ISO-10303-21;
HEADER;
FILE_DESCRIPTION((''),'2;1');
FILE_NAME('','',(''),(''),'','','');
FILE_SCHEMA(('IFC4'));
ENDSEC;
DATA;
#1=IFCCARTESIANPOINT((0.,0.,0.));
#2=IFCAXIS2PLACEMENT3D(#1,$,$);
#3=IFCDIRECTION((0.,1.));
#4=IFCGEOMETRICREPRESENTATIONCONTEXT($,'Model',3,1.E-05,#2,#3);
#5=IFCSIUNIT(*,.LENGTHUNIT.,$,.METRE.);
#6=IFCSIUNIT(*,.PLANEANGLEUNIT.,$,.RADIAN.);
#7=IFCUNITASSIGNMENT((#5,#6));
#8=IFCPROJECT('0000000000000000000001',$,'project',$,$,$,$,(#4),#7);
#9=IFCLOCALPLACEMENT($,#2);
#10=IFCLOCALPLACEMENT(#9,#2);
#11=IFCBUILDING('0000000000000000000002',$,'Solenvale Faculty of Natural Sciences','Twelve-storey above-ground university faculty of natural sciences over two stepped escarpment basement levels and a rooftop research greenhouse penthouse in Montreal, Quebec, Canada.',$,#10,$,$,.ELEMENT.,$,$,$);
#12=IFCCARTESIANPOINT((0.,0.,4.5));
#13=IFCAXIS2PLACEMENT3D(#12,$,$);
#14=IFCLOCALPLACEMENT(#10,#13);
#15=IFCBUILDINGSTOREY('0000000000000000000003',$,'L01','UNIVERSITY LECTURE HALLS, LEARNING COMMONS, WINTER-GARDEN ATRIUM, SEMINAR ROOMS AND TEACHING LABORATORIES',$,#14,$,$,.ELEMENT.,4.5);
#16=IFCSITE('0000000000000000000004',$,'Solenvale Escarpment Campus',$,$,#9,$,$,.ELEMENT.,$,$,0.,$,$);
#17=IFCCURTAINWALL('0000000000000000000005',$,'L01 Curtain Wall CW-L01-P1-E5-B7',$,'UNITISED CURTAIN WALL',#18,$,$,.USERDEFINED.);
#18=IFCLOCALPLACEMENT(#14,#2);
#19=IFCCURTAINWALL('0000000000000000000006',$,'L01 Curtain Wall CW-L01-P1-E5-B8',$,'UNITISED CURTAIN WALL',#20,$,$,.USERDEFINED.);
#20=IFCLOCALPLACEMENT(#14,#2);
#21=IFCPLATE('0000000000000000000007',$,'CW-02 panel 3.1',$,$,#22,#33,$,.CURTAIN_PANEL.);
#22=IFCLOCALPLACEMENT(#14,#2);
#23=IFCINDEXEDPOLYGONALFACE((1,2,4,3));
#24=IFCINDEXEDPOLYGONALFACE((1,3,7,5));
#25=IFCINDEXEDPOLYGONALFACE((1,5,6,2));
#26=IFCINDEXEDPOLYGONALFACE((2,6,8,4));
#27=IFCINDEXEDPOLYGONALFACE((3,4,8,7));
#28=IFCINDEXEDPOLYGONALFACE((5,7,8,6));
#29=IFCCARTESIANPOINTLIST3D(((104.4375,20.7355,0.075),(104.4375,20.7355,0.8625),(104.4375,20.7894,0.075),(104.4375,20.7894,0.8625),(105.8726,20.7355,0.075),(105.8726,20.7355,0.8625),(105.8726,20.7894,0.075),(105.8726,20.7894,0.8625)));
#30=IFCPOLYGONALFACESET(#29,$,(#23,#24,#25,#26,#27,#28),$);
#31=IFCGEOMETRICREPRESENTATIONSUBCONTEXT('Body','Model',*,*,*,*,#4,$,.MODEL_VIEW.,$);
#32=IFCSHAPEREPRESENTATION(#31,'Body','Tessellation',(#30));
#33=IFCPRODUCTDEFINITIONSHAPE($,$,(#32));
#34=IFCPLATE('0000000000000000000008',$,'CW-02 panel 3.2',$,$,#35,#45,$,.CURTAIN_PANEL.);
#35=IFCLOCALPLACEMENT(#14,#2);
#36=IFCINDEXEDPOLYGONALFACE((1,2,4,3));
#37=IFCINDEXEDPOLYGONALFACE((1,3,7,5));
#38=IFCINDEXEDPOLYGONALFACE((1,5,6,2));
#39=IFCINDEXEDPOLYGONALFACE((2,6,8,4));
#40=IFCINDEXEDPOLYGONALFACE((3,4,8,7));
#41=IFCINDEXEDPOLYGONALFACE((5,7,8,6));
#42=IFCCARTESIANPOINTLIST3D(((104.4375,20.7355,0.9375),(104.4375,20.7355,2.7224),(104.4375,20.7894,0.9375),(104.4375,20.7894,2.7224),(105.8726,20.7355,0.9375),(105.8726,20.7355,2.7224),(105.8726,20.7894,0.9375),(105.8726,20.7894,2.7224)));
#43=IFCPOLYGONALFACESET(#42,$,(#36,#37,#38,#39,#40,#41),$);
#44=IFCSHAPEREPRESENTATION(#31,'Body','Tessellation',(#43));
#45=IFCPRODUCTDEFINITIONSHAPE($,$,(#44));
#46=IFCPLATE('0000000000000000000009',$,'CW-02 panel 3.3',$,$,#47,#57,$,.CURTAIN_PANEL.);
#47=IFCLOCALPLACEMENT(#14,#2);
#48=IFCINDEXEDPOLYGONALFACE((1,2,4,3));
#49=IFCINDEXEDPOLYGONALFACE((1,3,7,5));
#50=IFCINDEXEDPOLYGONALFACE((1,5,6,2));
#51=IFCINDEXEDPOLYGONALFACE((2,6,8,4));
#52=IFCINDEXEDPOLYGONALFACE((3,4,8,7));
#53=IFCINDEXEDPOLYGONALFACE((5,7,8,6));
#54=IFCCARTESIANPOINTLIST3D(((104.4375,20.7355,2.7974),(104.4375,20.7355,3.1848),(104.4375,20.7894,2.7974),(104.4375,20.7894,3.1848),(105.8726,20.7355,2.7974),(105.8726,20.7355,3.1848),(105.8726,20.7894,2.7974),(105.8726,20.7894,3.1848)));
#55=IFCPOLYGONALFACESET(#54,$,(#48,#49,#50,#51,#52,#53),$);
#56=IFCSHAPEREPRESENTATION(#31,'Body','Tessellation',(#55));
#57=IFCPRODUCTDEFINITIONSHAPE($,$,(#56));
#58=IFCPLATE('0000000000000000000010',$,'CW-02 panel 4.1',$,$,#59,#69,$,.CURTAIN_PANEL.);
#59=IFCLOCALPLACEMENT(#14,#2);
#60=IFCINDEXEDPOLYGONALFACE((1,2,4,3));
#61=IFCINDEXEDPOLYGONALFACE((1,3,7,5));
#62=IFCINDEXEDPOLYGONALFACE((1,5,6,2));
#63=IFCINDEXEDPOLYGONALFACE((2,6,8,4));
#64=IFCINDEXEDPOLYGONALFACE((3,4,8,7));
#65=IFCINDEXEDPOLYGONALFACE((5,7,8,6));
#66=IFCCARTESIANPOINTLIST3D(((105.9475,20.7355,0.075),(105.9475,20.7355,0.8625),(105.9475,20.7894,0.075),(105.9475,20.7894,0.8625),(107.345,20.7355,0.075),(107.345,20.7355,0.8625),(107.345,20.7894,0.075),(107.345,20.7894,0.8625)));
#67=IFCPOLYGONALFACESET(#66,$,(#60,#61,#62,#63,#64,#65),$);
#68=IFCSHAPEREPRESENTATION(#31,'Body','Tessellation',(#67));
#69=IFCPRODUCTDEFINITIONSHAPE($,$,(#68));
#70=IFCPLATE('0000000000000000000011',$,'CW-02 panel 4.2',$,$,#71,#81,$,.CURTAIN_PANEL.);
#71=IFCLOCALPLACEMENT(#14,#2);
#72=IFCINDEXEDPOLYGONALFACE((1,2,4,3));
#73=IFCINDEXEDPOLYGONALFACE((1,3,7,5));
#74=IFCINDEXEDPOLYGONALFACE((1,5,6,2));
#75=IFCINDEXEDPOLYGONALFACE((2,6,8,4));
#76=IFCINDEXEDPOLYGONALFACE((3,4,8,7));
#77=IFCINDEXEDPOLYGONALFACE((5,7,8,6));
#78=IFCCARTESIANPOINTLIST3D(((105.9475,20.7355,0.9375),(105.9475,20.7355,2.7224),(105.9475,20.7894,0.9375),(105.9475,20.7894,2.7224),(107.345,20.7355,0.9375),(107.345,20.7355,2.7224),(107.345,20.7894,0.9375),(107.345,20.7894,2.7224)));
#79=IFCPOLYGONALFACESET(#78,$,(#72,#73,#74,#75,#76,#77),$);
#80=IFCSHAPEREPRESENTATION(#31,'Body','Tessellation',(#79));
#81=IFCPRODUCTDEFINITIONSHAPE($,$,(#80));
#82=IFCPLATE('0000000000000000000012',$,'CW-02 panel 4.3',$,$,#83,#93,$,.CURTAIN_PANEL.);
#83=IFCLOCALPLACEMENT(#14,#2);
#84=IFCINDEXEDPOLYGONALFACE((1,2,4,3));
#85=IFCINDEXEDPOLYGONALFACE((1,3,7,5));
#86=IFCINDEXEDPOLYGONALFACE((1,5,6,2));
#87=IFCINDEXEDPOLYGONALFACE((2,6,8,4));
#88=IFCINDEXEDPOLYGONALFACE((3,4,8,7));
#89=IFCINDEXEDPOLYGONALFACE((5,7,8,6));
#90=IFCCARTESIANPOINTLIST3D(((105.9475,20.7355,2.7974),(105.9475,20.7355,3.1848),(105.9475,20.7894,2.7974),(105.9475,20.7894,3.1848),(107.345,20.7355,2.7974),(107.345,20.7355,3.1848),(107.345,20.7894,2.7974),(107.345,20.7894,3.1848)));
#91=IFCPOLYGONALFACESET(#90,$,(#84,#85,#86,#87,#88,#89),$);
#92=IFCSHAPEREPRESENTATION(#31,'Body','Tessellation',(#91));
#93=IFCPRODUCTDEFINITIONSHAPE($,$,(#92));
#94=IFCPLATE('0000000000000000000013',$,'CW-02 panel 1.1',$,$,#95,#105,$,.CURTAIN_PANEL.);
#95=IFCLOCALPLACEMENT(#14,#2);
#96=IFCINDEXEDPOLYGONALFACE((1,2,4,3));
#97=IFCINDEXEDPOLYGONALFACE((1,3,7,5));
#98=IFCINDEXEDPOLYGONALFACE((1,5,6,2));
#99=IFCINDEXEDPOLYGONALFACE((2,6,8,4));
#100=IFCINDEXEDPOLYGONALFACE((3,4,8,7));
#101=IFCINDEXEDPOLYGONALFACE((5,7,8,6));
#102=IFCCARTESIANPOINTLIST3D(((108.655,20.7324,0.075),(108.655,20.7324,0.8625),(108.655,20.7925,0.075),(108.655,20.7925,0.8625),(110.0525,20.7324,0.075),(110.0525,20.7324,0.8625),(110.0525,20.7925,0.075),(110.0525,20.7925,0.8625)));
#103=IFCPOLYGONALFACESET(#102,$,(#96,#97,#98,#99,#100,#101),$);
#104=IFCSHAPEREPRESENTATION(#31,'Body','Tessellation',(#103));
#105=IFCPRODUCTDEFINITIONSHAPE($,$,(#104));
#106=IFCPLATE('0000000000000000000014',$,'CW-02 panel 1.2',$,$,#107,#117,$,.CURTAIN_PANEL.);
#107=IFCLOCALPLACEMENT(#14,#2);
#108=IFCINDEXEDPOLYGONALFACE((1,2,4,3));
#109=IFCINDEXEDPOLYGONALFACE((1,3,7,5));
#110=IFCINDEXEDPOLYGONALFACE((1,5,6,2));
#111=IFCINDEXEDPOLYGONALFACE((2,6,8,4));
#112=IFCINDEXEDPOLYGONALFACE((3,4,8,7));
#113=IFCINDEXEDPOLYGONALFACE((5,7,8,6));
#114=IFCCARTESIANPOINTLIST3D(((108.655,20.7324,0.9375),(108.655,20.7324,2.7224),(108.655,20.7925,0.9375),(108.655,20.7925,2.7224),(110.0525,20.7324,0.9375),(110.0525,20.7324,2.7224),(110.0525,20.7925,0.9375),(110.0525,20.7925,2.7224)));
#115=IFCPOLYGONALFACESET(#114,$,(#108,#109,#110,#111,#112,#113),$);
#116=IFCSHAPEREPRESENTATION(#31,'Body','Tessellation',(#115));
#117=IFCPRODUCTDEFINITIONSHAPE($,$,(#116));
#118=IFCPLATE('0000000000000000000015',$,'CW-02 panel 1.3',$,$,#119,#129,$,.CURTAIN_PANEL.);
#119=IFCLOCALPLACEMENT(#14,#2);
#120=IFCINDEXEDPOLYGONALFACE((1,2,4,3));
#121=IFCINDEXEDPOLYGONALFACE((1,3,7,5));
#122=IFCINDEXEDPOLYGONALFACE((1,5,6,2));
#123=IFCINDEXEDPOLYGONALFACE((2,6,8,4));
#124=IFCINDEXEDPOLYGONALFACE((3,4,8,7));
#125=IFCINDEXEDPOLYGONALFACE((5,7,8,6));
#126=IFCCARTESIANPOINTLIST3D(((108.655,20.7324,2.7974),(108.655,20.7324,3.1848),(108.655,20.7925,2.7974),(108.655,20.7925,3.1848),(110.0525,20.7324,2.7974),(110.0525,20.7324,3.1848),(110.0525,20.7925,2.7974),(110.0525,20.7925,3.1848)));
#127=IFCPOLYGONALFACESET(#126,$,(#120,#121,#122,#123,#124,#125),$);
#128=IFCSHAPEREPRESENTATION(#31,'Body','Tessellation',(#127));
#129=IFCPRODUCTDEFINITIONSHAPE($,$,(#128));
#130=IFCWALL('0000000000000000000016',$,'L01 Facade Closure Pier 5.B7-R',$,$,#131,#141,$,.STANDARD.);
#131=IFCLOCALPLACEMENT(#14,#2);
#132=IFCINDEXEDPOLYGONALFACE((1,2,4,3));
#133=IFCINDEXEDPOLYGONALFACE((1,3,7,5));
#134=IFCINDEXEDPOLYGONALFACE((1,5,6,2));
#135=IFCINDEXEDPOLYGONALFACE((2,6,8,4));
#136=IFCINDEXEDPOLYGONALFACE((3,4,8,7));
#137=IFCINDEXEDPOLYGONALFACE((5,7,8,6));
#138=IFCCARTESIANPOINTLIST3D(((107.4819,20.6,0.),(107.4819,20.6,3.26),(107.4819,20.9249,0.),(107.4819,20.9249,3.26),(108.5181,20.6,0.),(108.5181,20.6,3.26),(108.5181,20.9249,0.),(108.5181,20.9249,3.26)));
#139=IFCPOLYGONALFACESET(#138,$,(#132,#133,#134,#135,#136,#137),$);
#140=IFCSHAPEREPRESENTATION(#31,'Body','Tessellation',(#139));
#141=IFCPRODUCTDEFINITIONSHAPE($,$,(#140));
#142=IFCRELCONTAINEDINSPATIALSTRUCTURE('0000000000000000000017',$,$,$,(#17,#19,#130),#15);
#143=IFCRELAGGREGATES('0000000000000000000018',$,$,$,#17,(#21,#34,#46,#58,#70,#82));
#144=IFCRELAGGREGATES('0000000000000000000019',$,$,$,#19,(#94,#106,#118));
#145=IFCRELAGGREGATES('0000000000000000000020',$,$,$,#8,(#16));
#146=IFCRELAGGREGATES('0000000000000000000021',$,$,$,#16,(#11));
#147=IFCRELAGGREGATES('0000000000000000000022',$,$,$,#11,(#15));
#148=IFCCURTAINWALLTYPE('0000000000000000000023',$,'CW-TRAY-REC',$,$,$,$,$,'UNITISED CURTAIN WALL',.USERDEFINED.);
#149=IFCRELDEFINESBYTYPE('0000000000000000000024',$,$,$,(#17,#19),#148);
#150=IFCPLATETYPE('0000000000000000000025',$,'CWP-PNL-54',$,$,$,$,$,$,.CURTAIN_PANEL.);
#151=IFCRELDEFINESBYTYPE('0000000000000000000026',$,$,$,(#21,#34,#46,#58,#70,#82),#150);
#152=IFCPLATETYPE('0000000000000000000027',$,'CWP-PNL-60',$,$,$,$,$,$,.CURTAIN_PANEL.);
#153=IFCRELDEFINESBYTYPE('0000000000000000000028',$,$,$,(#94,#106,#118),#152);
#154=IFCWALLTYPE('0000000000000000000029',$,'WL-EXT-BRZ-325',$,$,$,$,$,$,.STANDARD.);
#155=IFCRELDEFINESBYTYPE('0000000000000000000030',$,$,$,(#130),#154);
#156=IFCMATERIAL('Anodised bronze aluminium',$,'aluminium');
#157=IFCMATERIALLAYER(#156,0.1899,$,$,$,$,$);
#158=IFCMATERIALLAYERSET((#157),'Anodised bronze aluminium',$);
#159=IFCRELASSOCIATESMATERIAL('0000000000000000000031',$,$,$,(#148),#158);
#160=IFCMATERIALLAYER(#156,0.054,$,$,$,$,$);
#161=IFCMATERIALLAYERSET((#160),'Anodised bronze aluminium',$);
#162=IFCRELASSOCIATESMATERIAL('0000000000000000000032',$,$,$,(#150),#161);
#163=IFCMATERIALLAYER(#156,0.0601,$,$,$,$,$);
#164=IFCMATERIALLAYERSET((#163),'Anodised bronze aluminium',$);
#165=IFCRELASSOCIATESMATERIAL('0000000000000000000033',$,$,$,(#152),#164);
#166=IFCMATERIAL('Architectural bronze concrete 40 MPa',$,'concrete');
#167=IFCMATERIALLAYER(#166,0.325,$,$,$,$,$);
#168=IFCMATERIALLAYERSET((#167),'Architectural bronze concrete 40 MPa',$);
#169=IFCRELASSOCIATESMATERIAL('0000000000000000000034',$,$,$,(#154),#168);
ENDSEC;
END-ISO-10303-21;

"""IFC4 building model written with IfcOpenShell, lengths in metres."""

from ifc_helpers import new_model, si_unit, direction, frame, frame_2d, origin, origin_2d, place, context, subcontext, project, spatial, rectangle, extrude, material, layer, layer_set, type_object, element, aggregate, save


model = new_model("IFC4")

# Units and contexts
model_context = context("Model", 3, precision=1e-05, world=origin(), true_north=direction((0.0, 1.0)))
body_context = subcontext(model_context, "Body", "Model", "MODEL_VIEW")
ifc_project = project(units=[si_unit("LENGTHUNIT", "METRE"), si_unit("PLANEANGLEUNIT", "RADIAN")], contexts=[model_context])

# Site, building, storey
site_placement = place(None, origin())
site = spatial("IfcSite", under=ifc_project, at=site_placement, Name="Solenvale Escarpment Campus", CompositionType="ELEMENT", RefElevation=0.0)
building_placement = place(site_placement, origin())
building = spatial("IfcBuilding", under=site, at=building_placement, Name="Solenvale Faculty of Natural Sciences", Description="Twelve-storey above-ground university faculty of natural sciences over two stepped escarpment basement levels and a rooftop research greenhouse penthouse in Montreal, Quebec, Canada.", CompositionType="ELEMENT")
storey_placement = place(building_placement, frame((0.0, 0.0, 4.5)))
storey = spatial("IfcBuildingStorey", under=building, at=storey_placement, Name="L01", Description="UNIVERSITY LECTURE HALLS, LEARNING COMMONS, WINTER-GARDEN ATRIUM, SEMINAR ROOMS AND TEACHING LABORATORIES", CompositionType="ELEMENT", Elevation=4.5)

# Shared definitions
ifc_material_1 = material(Name="Architectural bronze concrete 40 MPa", Category="concrete")

# Curtain walls
ifc_material_2 = material(Name="Anodised bronze aluminium", Category="aluminium")
ifc_layer_1 = layer(ifc_material_2, 0.1899)
ifc_layer_set_1 = layer_set([ifc_layer_1], Name="Anodised bronze aluminium")
curtain_wall_type = type_object("IfcCurtainWallType", Name="CW-TRAY-REC", ElementType="UNITISED CURTAIN WALL", PredefinedType="USERDEFINED", material=ifc_layer_set_1)
curtain_wall_1_placement = place(storey_placement, origin())
curtain_wall_1 = element("IfcCurtainWall", 1, at=curtain_wall_1_placement, inside=storey, type_object=curtain_wall_type, Name="L01 Curtain Wall CW-L01-P1-E5-B7", ObjectType="UNITISED CURTAIN WALL", PredefinedType="USERDEFINED")
curtain_wall_2_placement = place(storey_placement, origin())
curtain_wall_2 = element("IfcCurtainWall", 2, at=curtain_wall_2_placement, inside=storey, type_object=curtain_wall_type, Name="L01 Curtain Wall CW-L01-P1-E5-B8", ObjectType="UNITISED CURTAIN WALL", PredefinedType="USERDEFINED")

# Plates
ifc_layer_2 = layer(ifc_material_2, 0.054)
ifc_layer_set_2 = layer_set([ifc_layer_2], Name="Anodised bronze aluminium")
plate_type_1 = type_object("IfcPlateType", Name="CWP-PNL-54", PredefinedType="CURTAIN_PANEL", material=ifc_layer_set_2)
plate_1_placement = place(storey_placement, frame((105.155, 20.7625, 0.075), z_axis=(0.0, 0.0, 1.0), x_axis=(1.0, 0.0, 0.0)))
plate_1 = element("IfcPlate", 3, at=plate_1_placement, type_object=plate_type_1, Name="CW-02 panel 3.1", PredefinedType="CURTAIN_PANEL", context=body_context, shape_type="SweptSolid", body=[
    extrude(rectangle(XDim=1.4351, YDim=0.054, at=origin_2d()), origin(), (0.0, 0.0, 1.0), 0.7876),
])
plate_2_placement = place(storey_placement, frame((105.155, 20.7625, 0.9375), z_axis=(0.0, 0.0, 1.0), x_axis=(1.0, 0.0, 0.0)))
plate_2 = element("IfcPlate", 4, at=plate_2_placement, type_object=plate_type_1, Name="CW-02 panel 3.2", PredefinedType="CURTAIN_PANEL", context=body_context, shape_type="SweptSolid", body=[
    extrude(rectangle(XDim=1.4351, YDim=0.054, at=origin_2d()), origin(), (0.0, 0.0, 1.0), 1.7849),
])
plate_3_placement = place(storey_placement, frame((105.155, 20.7625, 2.7974), z_axis=(0.0, 0.0, 1.0), x_axis=(1.0, 0.0, 0.0)))
plate_3 = element("IfcPlate", 5, at=plate_3_placement, type_object=plate_type_1, Name="CW-02 panel 3.3", PredefinedType="CURTAIN_PANEL", context=body_context, shape_type="SweptSolid", body=[
    extrude(rectangle(XDim=1.4351, YDim=0.054, at=origin_2d()), origin(), (0.0, 0.0, 1.0), 0.3875),
])
plate_4_placement = place(storey_placement, frame((106.6462, 20.7625, 0.075), z_axis=(0.0, 0.0, 1.0), x_axis=(1.0, 0.0, 0.0)))
plate_4 = element("IfcPlate", 6, at=plate_4_placement, type_object=plate_type_1, Name="CW-02 panel 4.1", PredefinedType="CURTAIN_PANEL", context=body_context, shape_type="SweptSolid", body=[
    extrude(rectangle(XDim=1.3975, YDim=0.054, at=origin_2d()), origin(), (0.0, 0.0, 1.0), 0.7876),
])
plate_5_placement = place(storey_placement, frame((106.6462, 20.7625, 0.9375), z_axis=(0.0, 0.0, 1.0), x_axis=(1.0, 0.0, 0.0)))
plate_5 = element("IfcPlate", 7, at=plate_5_placement, type_object=plate_type_1, Name="CW-02 panel 4.2", PredefinedType="CURTAIN_PANEL", context=body_context, shape_type="SweptSolid", body=[
    extrude(rectangle(XDim=1.3975, YDim=0.054, at=origin_2d()), origin(), (0.0, 0.0, 1.0), 1.7849),
])
plate_6_placement = place(storey_placement, frame((106.6462, 20.7625, 2.7974), z_axis=(0.0, 0.0, 1.0), x_axis=(1.0, 0.0, 0.0)))
plate_6 = element("IfcPlate", 8, at=plate_6_placement, type_object=plate_type_1, Name="CW-02 panel 4.3", PredefinedType="CURTAIN_PANEL", context=body_context, shape_type="SweptSolid", body=[
    extrude(rectangle(XDim=1.3975, YDim=0.054, at=origin_2d()), origin(), (0.0, 0.0, 1.0), 0.3875),
])
aggregate(curtain_wall_1, [plate_1, plate_2, plate_3, plate_4, plate_5, plate_6])
ifc_layer_3 = layer(ifc_material_2, 0.0601)
ifc_layer_set_3 = layer_set([ifc_layer_3], Name="Anodised bronze aluminium")
plate_type_2 = type_object("IfcPlateType", Name="CWP-PNL-60", PredefinedType="CURTAIN_PANEL", material=ifc_layer_set_3)
plate_7_placement = place(storey_placement, frame((109.3538, 20.7625, 0.075), z_axis=(0.0, 0.0, 1.0), x_axis=(1.0, 0.0, 0.0)))
plate_7 = element("IfcPlate", 9, at=plate_7_placement, type_object=plate_type_2, Name="CW-02 panel 1.1", PredefinedType="CURTAIN_PANEL", context=body_context, shape_type="SweptSolid", body=[
    extrude(rectangle(XDim=1.3975, YDim=0.0601, at=origin_2d()), origin(), (0.0, 0.0, 1.0), 0.7876),
])
plate_8_placement = place(storey_placement, frame((109.3538, 20.7625, 0.9375), z_axis=(0.0, 0.0, 1.0), x_axis=(1.0, 0.0, 0.0)))
plate_8 = element("IfcPlate", 10, at=plate_8_placement, type_object=plate_type_2, Name="CW-02 panel 1.2", PredefinedType="CURTAIN_PANEL", context=body_context, shape_type="SweptSolid", body=[
    extrude(rectangle(XDim=1.3975, YDim=0.0601, at=origin_2d()), origin(), (0.0, 0.0, 1.0), 1.7849),
])
plate_9_placement = place(storey_placement, frame((109.3538, 20.7625, 2.7974), z_axis=(0.0, 0.0, 1.0), x_axis=(1.0, 0.0, 0.0)))
plate_9 = element("IfcPlate", 11, at=plate_9_placement, type_object=plate_type_2, Name="CW-02 panel 1.3", PredefinedType="CURTAIN_PANEL", context=body_context, shape_type="SweptSolid", body=[
    extrude(rectangle(XDim=1.3975, YDim=0.0601, at=origin_2d()), origin(), (0.0, 0.0, 1.0), 0.3875),
])
aggregate(curtain_wall_2, [plate_7, plate_8, plate_9])

# Wall
ifc_layer_4 = layer(ifc_material_1, 0.325)
ifc_layer_set_4 = layer_set([ifc_layer_4], Name="Architectural bronze concrete 40 MPa")
wall_type = type_object("IfcWallType", Name="WL-EXT-BRZ-325", PredefinedType="STANDARD", material=ifc_layer_set_4)
wall_placement = place(storey_placement, frame((107.4819, 20.7625, 0.0), z_axis=(0.0, 0.0, 1.0), x_axis=(1.0, 0.0, 0.0)))
element("IfcWall", 12, at=wall_placement, inside=storey, type_object=wall_type, Name="L01 Facade Closure Pier 5.B7-R", PredefinedType="STANDARD", context=body_context, shape_type="SweptSolid", body=[
    extrude(rectangle(XDim=1.0361, YDim=0.325, at=frame_2d((0.5181, 0.0))), origin(), (0.0, 0.0, 1.0), 3.26),
])

save(model, "model.ifc")
